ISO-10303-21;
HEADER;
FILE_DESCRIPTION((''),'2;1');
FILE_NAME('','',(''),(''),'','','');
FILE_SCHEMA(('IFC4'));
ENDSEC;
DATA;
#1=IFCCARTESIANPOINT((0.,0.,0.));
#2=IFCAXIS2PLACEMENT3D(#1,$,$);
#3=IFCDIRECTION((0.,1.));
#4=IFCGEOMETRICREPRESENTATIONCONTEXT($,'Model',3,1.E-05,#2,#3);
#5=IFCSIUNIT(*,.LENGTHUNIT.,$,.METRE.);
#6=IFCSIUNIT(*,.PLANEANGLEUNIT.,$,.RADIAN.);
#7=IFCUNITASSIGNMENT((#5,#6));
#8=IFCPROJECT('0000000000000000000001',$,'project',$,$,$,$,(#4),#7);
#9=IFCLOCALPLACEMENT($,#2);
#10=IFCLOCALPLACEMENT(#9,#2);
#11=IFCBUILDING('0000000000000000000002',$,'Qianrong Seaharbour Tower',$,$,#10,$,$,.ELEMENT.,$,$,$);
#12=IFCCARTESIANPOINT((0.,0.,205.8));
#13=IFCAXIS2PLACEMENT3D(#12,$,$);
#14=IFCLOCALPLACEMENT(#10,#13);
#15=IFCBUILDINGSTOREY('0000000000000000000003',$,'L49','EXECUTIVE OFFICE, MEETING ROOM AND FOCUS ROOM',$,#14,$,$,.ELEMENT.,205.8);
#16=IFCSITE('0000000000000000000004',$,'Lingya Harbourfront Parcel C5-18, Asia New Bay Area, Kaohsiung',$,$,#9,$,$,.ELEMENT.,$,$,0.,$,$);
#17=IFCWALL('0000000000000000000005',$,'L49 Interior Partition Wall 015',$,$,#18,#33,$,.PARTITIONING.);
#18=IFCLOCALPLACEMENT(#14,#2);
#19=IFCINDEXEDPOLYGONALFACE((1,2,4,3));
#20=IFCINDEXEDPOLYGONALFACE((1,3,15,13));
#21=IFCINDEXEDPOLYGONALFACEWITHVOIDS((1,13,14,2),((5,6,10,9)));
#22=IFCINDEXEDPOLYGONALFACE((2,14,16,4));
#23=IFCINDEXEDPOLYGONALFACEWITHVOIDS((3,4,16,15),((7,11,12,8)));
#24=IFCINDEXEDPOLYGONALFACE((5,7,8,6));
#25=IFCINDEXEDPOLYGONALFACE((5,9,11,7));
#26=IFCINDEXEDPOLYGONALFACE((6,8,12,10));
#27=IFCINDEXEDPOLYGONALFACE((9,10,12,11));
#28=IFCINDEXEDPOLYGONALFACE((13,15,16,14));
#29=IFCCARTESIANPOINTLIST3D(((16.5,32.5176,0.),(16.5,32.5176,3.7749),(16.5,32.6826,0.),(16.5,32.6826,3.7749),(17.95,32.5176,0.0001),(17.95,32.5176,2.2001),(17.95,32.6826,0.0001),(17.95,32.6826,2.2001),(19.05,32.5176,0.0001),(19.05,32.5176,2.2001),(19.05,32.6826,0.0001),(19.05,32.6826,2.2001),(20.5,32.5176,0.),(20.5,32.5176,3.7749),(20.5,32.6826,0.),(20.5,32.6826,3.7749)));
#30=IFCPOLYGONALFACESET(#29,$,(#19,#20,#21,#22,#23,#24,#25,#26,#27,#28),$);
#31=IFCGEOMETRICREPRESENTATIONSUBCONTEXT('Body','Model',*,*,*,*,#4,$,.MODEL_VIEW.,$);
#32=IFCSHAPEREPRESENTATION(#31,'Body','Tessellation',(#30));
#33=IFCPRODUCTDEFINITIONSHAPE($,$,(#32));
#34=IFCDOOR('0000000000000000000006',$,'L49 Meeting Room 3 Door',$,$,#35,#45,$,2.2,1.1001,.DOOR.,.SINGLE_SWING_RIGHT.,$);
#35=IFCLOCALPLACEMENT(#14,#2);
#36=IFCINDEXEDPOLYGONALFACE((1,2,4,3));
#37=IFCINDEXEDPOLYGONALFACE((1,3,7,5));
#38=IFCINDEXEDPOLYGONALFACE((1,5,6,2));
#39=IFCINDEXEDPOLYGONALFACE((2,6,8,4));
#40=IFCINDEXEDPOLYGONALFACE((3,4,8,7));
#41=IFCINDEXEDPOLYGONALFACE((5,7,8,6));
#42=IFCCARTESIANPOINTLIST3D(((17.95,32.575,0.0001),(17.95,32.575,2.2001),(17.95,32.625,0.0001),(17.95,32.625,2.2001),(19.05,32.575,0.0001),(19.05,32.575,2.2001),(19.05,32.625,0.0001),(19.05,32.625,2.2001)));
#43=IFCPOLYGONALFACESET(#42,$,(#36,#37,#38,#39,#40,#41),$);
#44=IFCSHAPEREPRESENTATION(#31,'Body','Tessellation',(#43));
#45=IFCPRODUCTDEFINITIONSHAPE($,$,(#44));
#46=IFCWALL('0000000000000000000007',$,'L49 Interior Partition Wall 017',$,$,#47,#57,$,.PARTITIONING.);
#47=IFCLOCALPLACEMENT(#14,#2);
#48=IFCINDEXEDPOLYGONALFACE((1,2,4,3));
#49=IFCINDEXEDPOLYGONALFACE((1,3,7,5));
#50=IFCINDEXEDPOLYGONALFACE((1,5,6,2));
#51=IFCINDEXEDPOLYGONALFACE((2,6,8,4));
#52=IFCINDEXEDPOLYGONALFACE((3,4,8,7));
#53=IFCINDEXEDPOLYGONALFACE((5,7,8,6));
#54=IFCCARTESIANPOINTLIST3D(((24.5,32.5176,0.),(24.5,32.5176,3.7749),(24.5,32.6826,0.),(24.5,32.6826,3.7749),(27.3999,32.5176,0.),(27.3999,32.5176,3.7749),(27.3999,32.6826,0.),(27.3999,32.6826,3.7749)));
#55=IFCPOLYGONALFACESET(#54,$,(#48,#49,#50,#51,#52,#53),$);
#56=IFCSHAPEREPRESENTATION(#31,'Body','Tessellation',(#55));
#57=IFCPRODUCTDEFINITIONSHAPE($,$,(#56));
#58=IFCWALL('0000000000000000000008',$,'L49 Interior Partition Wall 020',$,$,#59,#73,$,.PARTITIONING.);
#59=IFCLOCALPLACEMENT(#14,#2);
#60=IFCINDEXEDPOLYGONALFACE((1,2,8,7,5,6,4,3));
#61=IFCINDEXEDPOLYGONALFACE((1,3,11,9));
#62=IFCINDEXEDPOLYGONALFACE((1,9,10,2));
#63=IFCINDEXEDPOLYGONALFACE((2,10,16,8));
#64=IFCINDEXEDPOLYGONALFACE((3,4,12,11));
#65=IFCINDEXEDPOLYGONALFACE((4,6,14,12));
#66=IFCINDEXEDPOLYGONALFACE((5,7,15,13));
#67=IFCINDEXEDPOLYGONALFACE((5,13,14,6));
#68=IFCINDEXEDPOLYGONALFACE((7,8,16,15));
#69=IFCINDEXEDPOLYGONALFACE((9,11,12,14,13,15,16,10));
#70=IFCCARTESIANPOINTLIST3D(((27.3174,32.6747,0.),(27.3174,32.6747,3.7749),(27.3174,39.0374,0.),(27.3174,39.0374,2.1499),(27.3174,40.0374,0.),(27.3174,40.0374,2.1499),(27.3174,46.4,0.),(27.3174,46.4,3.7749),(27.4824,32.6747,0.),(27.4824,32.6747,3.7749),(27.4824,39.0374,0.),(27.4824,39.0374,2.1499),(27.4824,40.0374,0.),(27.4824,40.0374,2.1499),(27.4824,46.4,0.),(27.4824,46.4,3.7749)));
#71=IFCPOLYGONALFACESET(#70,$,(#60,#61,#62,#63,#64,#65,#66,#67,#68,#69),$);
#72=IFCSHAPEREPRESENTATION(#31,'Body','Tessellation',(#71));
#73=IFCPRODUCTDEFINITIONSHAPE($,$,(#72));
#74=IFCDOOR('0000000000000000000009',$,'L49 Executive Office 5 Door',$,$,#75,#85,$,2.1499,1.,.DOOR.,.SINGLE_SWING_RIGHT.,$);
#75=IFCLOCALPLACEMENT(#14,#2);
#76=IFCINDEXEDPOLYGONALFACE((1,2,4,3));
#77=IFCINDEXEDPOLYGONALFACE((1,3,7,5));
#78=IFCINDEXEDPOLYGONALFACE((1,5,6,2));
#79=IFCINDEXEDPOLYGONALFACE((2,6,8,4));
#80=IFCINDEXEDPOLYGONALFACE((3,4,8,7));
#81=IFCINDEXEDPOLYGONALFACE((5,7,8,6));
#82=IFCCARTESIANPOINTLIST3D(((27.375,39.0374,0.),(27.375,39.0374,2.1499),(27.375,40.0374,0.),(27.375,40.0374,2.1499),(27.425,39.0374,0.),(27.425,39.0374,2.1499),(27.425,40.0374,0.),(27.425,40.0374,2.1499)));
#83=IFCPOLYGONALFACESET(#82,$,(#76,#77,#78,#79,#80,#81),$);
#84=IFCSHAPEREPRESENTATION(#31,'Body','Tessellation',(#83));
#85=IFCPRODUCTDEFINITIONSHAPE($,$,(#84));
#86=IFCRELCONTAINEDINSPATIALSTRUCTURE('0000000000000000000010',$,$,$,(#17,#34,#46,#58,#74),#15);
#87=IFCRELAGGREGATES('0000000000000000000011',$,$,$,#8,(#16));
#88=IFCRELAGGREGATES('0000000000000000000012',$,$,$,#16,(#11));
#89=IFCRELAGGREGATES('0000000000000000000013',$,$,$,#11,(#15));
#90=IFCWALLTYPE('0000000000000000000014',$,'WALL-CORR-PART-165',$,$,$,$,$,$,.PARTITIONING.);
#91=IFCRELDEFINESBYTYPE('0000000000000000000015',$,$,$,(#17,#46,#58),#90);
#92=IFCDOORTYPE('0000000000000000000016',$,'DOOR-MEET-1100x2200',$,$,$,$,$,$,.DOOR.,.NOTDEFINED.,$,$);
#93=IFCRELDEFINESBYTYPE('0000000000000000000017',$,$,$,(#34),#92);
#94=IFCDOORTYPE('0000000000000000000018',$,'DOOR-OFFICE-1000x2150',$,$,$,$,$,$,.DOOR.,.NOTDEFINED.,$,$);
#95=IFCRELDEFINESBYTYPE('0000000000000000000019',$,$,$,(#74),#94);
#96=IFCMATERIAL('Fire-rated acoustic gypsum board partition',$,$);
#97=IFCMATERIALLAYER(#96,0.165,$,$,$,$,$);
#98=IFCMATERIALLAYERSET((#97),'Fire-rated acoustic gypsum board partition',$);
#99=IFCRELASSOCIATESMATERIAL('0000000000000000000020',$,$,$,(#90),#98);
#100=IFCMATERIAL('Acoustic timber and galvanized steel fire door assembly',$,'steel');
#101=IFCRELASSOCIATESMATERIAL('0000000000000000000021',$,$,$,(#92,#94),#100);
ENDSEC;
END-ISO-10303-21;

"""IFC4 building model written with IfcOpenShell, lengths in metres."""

from ifc_helpers import new_model, si_unit, direction, frame, frame_2d, origin, place, context, subcontext, project, spatial, rectangle, extrude, material, layer, layer_set, type_object, element, fill, save


model = new_model("IFC4")

# Units and contexts
model_context = context("Model", 3, precision=1e-05, world=origin(), true_north=direction((0.0, 1.0)))
body_context = subcontext(model_context, "Body", "Model", "MODEL_VIEW")
ifc_project = project(units=[si_unit("LENGTHUNIT", "METRE"), si_unit("PLANEANGLEUNIT", "RADIAN")], contexts=[model_context])

# Site, building, storey
site_placement = place(None, origin())
site = spatial("IfcSite", under=ifc_project, at=site_placement, Name="Lingya Harbourfront Parcel C5-18, Asia New Bay Area, Kaohsiung", CompositionType="ELEMENT", RefElevation=0.0)
building_placement = place(site_placement, origin())
building = spatial("IfcBuilding", under=site, at=building_placement, Name="Qianrong Seaharbour Tower", CompositionType="ELEMENT")
storey_placement = place(building_placement, frame((0.0, 0.0, 205.8)))
storey = spatial("IfcBuildingStorey", under=building, at=storey_placement, Name="L49", Description="EXECUTIVE OFFICE, MEETING ROOM AND FOCUS ROOM", CompositionType="ELEMENT", Elevation=205.8)

# Wall, opening, door
ifc_material_1 = material(Name="Fire-rated acoustic gypsum board partition")
ifc_layer = layer(ifc_material_1, 0.165)
ifc_layer_set = layer_set([ifc_layer], Name="Fire-rated acoustic gypsum board partition")
wall_type = type_object("IfcWallType", Name="WALL-CORR-PART-165", PredefinedType="PARTITIONING", material=ifc_layer_set)
wall_1_placement = place(storey_placement, frame((16.5, 32.6001, 0.0), z_axis=(0.0, 0.0, 1.0), x_axis=(1.0, 0.0, 0.0)))
wall_1 = element("IfcWall", 1, at=wall_1_placement, inside=storey, type_object=wall_type, Name="L49 Interior Partition Wall 015", PredefinedType="PARTITIONING", context=body_context, shape_type="SweptSolid", body=[
    extrude(rectangle(XDim=4.0, YDim=0.165, at=frame_2d((2.0, 0.0))), origin(), (0.0, 0.0, 1.0), 3.7749),
])
opening_1_placement = place(wall_1_placement, frame((1.45, 0.0, 0.0)))
opening_1 = element("IfcOpeningElement", 2, at=opening_1_placement, cuts=wall_1, PredefinedType="OPENING", context=body_context, shape_type="SweptSolid", body=[
    extrude(rectangle(XDim=1.1001, YDim=2.2, at=frame_2d((0.55, 1.1001))), frame((0.0, 0.0925, 0.0), z_axis=(0.0, -1.0, 0.0), x_axis=(1.0, 0.0, 0.0)), (0.0, 0.0, 1.0), 0.1851),
])
ifc_material_2 = material(Name="Acoustic timber and galvanized steel fire door assembly", Category="steel")
door_type_1 = type_object("IfcDoorType", Name="DOOR-MEET-1100x2200", OperationType="NOTDEFINED", PredefinedType="DOOR", material=ifc_material_2)
door_1_placement = place(opening_1_placement, origin())
door_1 = element("IfcDoor", 3, at=door_1_placement, inside=storey, type_object=door_type_1, Name="L49 Meeting Room 3 Door", OperationType="SINGLE_SWING_RIGHT", OverallHeight=2.2, OverallWidth=1.1001, PredefinedType="DOOR", context=body_context, shape_type="SweptSolid", body=[
    extrude(rectangle(XDim=1.1001, YDim=2.2, at=frame_2d((0.55, 1.1001))), frame((0.0, 0.0249, 0.0), z_axis=(0.0, -1.0, 0.0), x_axis=(1.0, 0.0, 0.0)), (0.0, 0.0, 1.0), 0.05),
])
fill(opening_1, door_1)
door_type_2 = type_object("IfcDoorType", Name="DOOR-OFFICE-1000x2150", OperationType="NOTDEFINED", PredefinedType="DOOR", material=ifc_material_2)

# Wall
wall_2_placement = place(storey_placement, frame((24.5, 32.6001, 0.0), z_axis=(0.0, 0.0, 1.0), x_axis=(1.0, 0.0, 0.0)))
element("IfcWall", 4, at=wall_2_placement, inside=storey, type_object=wall_type, Name="L49 Interior Partition Wall 017", PredefinedType="PARTITIONING", context=body_context, shape_type="SweptSolid", body=[
    extrude(rectangle(XDim=2.8999, YDim=0.165, at=frame_2d((1.45, 0.0))), origin(), (0.0, 0.0, 1.0), 3.7749),
])

# Wall, opening, door
wall_3_placement = place(storey_placement, frame((27.3999, 32.6746, 0.0), z_axis=(0.0, 0.0, 1.0), x_axis=(0.0, 1.0, 0.0)))
wall_3 = element("IfcWall", 5, at=wall_3_placement, inside=storey, type_object=wall_type, Name="L49 Interior Partition Wall 020", PredefinedType="PARTITIONING", context=body_context, shape_type="SweptSolid", body=[
    extrude(rectangle(XDim=13.7253, YDim=0.165, at=frame_2d((6.8628, 0.0))), origin(), (0.0, 0.0, 1.0), 3.7749),
])
opening_2_placement = place(wall_3_placement, frame((6.3628, 0.0, 0.0)))
opening_2 = element("IfcOpeningElement", 6, at=opening_2_placement, cuts=wall_3, PredefinedType="OPENING", context=body_context, shape_type="SweptSolid", body=[
    extrude(rectangle(XDim=1.0, YDim=2.1499, at=frame_2d((0.5, 1.075))), frame((0.0, 0.0925, 0.0), z_axis=(0.0, -1.0, 0.0), x_axis=(1.0, 0.0, 0.0)), (0.0, 0.0, 1.0), 0.1851),
])
door_2_placement = place(opening_2_placement, origin())
door_2 = element("IfcDoor", 7, at=door_2_placement, inside=storey, type_object=door_type_2, Name="L49 Executive Office 5 Door", OperationType="SINGLE_SWING_RIGHT", OverallHeight=2.1499, OverallWidth=1.0, PredefinedType="DOOR", context=body_context, shape_type="SweptSolid", body=[
    extrude(rectangle(XDim=1.0, YDim=2.1499, at=frame_2d((0.5, 1.075))), frame((0.0, 0.0249, 0.0), z_axis=(0.0, -1.0, 0.0), x_axis=(1.0, 0.0, 0.0)), (0.0, 0.0, 1.0), 0.05),
])
fill(opening_2, door_2)

save(model, "model.ifc")
